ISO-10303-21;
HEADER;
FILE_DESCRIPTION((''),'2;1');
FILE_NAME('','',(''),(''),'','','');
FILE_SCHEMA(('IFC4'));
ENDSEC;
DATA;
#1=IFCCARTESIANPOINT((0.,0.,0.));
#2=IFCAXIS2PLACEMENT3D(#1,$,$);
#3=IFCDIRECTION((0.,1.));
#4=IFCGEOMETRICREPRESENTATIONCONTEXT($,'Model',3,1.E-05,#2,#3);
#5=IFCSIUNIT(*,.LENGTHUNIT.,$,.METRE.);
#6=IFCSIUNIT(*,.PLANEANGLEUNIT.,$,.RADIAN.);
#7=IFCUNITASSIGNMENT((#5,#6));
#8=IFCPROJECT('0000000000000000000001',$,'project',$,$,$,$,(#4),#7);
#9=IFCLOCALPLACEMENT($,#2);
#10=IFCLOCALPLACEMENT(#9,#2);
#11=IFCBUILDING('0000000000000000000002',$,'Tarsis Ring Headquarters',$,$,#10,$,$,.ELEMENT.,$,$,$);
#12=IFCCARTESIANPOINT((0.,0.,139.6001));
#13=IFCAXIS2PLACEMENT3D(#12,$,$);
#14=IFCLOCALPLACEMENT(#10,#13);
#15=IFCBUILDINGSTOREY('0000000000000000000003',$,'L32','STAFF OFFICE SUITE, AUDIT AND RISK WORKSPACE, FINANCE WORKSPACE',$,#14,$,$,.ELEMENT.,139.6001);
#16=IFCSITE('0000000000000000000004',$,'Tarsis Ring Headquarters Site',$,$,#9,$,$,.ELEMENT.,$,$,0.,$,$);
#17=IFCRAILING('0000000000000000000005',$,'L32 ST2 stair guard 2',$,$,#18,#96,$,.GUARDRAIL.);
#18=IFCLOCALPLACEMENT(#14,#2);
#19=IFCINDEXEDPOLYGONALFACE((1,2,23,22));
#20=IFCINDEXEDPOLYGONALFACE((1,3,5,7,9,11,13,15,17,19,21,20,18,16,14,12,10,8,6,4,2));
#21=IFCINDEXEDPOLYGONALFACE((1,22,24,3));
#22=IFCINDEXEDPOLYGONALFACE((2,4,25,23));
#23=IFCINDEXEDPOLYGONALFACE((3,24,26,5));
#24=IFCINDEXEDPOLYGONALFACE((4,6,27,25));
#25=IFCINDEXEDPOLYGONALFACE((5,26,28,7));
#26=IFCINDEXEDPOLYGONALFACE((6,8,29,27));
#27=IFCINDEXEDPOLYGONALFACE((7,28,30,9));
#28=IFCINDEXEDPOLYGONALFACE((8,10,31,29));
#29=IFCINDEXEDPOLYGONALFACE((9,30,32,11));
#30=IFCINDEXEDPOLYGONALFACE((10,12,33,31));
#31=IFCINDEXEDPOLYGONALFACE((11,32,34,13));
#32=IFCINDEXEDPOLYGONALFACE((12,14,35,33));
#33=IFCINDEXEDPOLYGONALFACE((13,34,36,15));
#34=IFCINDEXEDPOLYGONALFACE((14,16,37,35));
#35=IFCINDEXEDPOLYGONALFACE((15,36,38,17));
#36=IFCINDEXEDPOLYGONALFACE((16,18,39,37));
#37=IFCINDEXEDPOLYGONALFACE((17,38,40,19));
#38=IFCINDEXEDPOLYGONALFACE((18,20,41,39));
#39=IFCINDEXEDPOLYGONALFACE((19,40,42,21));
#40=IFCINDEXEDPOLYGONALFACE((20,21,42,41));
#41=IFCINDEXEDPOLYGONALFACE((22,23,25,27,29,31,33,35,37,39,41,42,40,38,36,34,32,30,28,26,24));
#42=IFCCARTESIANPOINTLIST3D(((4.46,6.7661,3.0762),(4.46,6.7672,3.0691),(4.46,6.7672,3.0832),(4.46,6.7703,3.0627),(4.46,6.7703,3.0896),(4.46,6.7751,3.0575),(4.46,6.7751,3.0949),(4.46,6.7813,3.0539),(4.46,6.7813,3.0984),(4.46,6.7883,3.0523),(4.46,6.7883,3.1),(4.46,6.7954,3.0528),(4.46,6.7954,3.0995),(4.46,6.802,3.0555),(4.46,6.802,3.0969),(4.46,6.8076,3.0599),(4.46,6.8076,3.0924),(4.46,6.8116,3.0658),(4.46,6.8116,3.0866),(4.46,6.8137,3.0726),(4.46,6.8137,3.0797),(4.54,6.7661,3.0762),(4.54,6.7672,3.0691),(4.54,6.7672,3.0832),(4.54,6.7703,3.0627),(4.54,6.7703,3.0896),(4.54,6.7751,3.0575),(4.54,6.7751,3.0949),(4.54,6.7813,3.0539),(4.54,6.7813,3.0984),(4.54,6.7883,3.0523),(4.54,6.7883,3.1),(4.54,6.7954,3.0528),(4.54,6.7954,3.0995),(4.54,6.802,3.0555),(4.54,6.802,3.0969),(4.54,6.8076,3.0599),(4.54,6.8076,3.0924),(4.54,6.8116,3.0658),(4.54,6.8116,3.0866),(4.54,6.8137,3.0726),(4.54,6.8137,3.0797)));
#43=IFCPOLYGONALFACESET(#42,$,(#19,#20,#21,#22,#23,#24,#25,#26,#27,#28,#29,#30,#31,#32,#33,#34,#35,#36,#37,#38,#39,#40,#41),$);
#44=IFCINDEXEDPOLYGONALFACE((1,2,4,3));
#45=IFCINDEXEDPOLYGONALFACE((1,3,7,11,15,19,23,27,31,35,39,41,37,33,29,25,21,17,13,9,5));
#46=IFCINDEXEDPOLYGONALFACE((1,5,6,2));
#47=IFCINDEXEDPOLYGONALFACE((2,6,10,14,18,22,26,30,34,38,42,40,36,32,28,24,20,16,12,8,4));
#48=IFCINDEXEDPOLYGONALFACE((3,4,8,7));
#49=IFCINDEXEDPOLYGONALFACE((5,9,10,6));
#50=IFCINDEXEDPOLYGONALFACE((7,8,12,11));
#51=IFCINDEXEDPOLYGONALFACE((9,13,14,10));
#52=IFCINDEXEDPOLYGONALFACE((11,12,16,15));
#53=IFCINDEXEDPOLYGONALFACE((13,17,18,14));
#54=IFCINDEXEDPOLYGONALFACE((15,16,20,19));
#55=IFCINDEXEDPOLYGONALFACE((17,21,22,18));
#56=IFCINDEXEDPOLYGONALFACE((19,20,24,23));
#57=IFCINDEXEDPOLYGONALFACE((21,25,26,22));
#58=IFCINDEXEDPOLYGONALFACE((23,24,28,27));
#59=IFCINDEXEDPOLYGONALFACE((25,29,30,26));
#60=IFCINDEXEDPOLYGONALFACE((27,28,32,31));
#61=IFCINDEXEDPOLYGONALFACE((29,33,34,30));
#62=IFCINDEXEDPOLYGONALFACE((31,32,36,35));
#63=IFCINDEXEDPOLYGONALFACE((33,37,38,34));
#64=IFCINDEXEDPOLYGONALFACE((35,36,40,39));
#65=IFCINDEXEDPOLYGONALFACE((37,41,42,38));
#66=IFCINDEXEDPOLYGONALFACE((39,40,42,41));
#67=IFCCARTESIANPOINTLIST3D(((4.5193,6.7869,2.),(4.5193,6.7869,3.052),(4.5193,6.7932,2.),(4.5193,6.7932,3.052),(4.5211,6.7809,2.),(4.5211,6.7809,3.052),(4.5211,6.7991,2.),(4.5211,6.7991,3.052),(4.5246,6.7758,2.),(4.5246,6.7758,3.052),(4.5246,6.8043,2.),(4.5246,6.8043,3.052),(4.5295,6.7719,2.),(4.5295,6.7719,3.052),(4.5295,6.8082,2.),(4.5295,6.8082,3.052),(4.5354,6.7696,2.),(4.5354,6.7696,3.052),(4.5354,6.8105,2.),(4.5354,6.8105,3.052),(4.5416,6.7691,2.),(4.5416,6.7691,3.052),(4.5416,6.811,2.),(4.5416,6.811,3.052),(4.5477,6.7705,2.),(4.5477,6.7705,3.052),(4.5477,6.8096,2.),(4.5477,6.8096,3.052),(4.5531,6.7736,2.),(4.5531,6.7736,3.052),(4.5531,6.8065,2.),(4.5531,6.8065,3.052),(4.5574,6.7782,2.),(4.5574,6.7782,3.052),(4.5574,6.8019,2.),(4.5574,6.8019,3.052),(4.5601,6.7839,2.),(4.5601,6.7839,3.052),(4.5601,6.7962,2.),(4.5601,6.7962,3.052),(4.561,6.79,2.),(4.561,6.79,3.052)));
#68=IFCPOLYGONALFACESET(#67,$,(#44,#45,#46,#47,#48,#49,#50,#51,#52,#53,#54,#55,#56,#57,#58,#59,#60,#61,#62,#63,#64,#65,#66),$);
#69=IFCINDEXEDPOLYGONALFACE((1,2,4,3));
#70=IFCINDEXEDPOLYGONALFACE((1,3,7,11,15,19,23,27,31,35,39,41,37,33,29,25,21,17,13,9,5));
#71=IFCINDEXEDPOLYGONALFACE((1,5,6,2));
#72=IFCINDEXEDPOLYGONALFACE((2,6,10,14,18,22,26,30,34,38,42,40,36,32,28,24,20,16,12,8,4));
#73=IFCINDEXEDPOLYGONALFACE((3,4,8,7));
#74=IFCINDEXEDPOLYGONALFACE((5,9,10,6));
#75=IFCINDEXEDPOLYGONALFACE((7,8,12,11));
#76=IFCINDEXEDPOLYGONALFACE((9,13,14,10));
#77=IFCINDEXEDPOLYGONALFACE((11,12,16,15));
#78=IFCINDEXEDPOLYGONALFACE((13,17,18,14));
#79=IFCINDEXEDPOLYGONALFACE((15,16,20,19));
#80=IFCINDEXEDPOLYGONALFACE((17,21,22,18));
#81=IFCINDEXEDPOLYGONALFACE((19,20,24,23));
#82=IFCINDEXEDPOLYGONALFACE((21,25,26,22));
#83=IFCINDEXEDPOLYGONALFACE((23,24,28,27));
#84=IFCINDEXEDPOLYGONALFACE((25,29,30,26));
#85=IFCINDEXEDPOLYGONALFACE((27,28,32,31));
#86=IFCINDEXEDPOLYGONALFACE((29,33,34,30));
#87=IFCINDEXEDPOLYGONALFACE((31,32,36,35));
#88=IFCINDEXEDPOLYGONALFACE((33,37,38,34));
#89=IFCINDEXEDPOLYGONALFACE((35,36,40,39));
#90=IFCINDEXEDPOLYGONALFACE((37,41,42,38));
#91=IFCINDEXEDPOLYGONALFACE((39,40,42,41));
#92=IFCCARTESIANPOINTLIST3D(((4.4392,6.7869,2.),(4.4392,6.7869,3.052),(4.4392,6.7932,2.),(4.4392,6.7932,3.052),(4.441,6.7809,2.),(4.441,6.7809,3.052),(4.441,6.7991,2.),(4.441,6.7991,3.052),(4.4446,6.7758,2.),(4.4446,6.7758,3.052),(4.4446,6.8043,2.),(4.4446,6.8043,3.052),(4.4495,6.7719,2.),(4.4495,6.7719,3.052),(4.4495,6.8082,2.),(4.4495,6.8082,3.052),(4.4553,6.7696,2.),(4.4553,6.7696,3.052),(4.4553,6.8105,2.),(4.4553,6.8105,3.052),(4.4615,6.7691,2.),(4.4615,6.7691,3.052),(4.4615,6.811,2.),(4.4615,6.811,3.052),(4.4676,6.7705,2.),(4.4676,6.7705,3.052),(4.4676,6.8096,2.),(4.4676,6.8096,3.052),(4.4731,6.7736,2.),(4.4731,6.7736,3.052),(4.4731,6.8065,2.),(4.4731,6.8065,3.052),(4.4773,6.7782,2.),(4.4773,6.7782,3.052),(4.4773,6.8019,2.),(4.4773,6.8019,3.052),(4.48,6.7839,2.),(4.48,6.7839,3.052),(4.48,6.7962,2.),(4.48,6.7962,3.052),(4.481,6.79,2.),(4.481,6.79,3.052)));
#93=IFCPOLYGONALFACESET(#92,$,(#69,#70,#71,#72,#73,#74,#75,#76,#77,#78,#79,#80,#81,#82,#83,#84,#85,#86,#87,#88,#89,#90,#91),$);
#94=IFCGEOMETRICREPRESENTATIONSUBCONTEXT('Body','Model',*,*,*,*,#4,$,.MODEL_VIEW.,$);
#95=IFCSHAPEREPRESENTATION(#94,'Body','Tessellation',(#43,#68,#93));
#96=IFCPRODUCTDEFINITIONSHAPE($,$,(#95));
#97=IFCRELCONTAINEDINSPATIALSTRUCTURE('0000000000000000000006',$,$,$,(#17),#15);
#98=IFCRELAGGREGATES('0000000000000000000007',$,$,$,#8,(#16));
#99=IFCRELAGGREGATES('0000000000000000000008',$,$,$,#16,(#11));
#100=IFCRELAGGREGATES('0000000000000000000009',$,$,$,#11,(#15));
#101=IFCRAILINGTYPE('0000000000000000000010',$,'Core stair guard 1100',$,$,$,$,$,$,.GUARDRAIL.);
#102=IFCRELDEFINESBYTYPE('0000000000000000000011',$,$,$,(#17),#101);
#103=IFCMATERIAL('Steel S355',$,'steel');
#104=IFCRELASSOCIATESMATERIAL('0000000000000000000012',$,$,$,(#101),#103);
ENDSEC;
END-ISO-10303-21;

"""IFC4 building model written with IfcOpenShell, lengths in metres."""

from ifc_helpers import new_model, si_unit, direction, frame, origin, origin_2d, place, context, subcontext, project, spatial, circle, extrude, material, type_object, element, save


model = new_model("IFC4")

# Units and contexts
model_context = context("Model", 3, precision=1e-05, world=origin(), true_north=direction((0.0, 1.0)))
body_context = subcontext(model_context, "Body", "Model", "MODEL_VIEW")
ifc_project = project(units=[si_unit("LENGTHUNIT", "METRE"), si_unit("PLANEANGLEUNIT", "RADIAN")], contexts=[model_context])

# Site, building, storey
site_placement = place(None, origin())
site = spatial("IfcSite", under=ifc_project, at=site_placement, Name="Tarsis Ring Headquarters Site", CompositionType="ELEMENT", RefElevation=0.0)
building_placement = place(site_placement, origin())
building = spatial("IfcBuilding", under=site, at=building_placement, Name="Tarsis Ring Headquarters", CompositionType="ELEMENT")
storey_placement = place(building_placement, frame((0.0, 0.0, 139.6001)))
storey = spatial("IfcBuildingStorey", under=building, at=storey_placement, Name="L32", Description="STAFF OFFICE SUITE, AUDIT AND RISK WORKSPACE, FINANCE WORKSPACE", CompositionType="ELEMENT", Elevation=139.6001)

# Shared definitions
ifc_material_1 = material(Name="Steel S355", Category="steel")

# Railing
railing_type_1 = type_object("IfcRailingType", Name="Core stair guard 1100", PredefinedType="GUARDRAIL", material=ifc_material_1)
railing_1_placement = place(storey_placement, frame((4.54, 6.79, 2.0)))
element("IfcRailing", 1, at=railing_1_placement, inside=storey, type_object=railing_type_1, Name="L32 ST2 stair guard 2", PredefinedType="GUARDRAIL", context=body_context, shape_type="SweptSolid", body=[
    extrude(circle(Radius=0.0239, at=origin_2d()), frame((0.0, 0.0, 1.0762), z_axis=(-1.0, 0.0, 0.0), x_axis=(0.0, -1.0, 0.0)), (0.0, 0.0, 1.0), 0.0801),
    extrude(circle(Radius=0.021, at=origin_2d()), origin(), (0.0, 0.0, 1.0), 1.052),
    extrude(circle(Radius=0.021, at=origin_2d()), frame((-0.0801, 0.0, 0.0)), (0.0, 0.0, 1.0), 1.052),
])

save(model, "model.ifc")
